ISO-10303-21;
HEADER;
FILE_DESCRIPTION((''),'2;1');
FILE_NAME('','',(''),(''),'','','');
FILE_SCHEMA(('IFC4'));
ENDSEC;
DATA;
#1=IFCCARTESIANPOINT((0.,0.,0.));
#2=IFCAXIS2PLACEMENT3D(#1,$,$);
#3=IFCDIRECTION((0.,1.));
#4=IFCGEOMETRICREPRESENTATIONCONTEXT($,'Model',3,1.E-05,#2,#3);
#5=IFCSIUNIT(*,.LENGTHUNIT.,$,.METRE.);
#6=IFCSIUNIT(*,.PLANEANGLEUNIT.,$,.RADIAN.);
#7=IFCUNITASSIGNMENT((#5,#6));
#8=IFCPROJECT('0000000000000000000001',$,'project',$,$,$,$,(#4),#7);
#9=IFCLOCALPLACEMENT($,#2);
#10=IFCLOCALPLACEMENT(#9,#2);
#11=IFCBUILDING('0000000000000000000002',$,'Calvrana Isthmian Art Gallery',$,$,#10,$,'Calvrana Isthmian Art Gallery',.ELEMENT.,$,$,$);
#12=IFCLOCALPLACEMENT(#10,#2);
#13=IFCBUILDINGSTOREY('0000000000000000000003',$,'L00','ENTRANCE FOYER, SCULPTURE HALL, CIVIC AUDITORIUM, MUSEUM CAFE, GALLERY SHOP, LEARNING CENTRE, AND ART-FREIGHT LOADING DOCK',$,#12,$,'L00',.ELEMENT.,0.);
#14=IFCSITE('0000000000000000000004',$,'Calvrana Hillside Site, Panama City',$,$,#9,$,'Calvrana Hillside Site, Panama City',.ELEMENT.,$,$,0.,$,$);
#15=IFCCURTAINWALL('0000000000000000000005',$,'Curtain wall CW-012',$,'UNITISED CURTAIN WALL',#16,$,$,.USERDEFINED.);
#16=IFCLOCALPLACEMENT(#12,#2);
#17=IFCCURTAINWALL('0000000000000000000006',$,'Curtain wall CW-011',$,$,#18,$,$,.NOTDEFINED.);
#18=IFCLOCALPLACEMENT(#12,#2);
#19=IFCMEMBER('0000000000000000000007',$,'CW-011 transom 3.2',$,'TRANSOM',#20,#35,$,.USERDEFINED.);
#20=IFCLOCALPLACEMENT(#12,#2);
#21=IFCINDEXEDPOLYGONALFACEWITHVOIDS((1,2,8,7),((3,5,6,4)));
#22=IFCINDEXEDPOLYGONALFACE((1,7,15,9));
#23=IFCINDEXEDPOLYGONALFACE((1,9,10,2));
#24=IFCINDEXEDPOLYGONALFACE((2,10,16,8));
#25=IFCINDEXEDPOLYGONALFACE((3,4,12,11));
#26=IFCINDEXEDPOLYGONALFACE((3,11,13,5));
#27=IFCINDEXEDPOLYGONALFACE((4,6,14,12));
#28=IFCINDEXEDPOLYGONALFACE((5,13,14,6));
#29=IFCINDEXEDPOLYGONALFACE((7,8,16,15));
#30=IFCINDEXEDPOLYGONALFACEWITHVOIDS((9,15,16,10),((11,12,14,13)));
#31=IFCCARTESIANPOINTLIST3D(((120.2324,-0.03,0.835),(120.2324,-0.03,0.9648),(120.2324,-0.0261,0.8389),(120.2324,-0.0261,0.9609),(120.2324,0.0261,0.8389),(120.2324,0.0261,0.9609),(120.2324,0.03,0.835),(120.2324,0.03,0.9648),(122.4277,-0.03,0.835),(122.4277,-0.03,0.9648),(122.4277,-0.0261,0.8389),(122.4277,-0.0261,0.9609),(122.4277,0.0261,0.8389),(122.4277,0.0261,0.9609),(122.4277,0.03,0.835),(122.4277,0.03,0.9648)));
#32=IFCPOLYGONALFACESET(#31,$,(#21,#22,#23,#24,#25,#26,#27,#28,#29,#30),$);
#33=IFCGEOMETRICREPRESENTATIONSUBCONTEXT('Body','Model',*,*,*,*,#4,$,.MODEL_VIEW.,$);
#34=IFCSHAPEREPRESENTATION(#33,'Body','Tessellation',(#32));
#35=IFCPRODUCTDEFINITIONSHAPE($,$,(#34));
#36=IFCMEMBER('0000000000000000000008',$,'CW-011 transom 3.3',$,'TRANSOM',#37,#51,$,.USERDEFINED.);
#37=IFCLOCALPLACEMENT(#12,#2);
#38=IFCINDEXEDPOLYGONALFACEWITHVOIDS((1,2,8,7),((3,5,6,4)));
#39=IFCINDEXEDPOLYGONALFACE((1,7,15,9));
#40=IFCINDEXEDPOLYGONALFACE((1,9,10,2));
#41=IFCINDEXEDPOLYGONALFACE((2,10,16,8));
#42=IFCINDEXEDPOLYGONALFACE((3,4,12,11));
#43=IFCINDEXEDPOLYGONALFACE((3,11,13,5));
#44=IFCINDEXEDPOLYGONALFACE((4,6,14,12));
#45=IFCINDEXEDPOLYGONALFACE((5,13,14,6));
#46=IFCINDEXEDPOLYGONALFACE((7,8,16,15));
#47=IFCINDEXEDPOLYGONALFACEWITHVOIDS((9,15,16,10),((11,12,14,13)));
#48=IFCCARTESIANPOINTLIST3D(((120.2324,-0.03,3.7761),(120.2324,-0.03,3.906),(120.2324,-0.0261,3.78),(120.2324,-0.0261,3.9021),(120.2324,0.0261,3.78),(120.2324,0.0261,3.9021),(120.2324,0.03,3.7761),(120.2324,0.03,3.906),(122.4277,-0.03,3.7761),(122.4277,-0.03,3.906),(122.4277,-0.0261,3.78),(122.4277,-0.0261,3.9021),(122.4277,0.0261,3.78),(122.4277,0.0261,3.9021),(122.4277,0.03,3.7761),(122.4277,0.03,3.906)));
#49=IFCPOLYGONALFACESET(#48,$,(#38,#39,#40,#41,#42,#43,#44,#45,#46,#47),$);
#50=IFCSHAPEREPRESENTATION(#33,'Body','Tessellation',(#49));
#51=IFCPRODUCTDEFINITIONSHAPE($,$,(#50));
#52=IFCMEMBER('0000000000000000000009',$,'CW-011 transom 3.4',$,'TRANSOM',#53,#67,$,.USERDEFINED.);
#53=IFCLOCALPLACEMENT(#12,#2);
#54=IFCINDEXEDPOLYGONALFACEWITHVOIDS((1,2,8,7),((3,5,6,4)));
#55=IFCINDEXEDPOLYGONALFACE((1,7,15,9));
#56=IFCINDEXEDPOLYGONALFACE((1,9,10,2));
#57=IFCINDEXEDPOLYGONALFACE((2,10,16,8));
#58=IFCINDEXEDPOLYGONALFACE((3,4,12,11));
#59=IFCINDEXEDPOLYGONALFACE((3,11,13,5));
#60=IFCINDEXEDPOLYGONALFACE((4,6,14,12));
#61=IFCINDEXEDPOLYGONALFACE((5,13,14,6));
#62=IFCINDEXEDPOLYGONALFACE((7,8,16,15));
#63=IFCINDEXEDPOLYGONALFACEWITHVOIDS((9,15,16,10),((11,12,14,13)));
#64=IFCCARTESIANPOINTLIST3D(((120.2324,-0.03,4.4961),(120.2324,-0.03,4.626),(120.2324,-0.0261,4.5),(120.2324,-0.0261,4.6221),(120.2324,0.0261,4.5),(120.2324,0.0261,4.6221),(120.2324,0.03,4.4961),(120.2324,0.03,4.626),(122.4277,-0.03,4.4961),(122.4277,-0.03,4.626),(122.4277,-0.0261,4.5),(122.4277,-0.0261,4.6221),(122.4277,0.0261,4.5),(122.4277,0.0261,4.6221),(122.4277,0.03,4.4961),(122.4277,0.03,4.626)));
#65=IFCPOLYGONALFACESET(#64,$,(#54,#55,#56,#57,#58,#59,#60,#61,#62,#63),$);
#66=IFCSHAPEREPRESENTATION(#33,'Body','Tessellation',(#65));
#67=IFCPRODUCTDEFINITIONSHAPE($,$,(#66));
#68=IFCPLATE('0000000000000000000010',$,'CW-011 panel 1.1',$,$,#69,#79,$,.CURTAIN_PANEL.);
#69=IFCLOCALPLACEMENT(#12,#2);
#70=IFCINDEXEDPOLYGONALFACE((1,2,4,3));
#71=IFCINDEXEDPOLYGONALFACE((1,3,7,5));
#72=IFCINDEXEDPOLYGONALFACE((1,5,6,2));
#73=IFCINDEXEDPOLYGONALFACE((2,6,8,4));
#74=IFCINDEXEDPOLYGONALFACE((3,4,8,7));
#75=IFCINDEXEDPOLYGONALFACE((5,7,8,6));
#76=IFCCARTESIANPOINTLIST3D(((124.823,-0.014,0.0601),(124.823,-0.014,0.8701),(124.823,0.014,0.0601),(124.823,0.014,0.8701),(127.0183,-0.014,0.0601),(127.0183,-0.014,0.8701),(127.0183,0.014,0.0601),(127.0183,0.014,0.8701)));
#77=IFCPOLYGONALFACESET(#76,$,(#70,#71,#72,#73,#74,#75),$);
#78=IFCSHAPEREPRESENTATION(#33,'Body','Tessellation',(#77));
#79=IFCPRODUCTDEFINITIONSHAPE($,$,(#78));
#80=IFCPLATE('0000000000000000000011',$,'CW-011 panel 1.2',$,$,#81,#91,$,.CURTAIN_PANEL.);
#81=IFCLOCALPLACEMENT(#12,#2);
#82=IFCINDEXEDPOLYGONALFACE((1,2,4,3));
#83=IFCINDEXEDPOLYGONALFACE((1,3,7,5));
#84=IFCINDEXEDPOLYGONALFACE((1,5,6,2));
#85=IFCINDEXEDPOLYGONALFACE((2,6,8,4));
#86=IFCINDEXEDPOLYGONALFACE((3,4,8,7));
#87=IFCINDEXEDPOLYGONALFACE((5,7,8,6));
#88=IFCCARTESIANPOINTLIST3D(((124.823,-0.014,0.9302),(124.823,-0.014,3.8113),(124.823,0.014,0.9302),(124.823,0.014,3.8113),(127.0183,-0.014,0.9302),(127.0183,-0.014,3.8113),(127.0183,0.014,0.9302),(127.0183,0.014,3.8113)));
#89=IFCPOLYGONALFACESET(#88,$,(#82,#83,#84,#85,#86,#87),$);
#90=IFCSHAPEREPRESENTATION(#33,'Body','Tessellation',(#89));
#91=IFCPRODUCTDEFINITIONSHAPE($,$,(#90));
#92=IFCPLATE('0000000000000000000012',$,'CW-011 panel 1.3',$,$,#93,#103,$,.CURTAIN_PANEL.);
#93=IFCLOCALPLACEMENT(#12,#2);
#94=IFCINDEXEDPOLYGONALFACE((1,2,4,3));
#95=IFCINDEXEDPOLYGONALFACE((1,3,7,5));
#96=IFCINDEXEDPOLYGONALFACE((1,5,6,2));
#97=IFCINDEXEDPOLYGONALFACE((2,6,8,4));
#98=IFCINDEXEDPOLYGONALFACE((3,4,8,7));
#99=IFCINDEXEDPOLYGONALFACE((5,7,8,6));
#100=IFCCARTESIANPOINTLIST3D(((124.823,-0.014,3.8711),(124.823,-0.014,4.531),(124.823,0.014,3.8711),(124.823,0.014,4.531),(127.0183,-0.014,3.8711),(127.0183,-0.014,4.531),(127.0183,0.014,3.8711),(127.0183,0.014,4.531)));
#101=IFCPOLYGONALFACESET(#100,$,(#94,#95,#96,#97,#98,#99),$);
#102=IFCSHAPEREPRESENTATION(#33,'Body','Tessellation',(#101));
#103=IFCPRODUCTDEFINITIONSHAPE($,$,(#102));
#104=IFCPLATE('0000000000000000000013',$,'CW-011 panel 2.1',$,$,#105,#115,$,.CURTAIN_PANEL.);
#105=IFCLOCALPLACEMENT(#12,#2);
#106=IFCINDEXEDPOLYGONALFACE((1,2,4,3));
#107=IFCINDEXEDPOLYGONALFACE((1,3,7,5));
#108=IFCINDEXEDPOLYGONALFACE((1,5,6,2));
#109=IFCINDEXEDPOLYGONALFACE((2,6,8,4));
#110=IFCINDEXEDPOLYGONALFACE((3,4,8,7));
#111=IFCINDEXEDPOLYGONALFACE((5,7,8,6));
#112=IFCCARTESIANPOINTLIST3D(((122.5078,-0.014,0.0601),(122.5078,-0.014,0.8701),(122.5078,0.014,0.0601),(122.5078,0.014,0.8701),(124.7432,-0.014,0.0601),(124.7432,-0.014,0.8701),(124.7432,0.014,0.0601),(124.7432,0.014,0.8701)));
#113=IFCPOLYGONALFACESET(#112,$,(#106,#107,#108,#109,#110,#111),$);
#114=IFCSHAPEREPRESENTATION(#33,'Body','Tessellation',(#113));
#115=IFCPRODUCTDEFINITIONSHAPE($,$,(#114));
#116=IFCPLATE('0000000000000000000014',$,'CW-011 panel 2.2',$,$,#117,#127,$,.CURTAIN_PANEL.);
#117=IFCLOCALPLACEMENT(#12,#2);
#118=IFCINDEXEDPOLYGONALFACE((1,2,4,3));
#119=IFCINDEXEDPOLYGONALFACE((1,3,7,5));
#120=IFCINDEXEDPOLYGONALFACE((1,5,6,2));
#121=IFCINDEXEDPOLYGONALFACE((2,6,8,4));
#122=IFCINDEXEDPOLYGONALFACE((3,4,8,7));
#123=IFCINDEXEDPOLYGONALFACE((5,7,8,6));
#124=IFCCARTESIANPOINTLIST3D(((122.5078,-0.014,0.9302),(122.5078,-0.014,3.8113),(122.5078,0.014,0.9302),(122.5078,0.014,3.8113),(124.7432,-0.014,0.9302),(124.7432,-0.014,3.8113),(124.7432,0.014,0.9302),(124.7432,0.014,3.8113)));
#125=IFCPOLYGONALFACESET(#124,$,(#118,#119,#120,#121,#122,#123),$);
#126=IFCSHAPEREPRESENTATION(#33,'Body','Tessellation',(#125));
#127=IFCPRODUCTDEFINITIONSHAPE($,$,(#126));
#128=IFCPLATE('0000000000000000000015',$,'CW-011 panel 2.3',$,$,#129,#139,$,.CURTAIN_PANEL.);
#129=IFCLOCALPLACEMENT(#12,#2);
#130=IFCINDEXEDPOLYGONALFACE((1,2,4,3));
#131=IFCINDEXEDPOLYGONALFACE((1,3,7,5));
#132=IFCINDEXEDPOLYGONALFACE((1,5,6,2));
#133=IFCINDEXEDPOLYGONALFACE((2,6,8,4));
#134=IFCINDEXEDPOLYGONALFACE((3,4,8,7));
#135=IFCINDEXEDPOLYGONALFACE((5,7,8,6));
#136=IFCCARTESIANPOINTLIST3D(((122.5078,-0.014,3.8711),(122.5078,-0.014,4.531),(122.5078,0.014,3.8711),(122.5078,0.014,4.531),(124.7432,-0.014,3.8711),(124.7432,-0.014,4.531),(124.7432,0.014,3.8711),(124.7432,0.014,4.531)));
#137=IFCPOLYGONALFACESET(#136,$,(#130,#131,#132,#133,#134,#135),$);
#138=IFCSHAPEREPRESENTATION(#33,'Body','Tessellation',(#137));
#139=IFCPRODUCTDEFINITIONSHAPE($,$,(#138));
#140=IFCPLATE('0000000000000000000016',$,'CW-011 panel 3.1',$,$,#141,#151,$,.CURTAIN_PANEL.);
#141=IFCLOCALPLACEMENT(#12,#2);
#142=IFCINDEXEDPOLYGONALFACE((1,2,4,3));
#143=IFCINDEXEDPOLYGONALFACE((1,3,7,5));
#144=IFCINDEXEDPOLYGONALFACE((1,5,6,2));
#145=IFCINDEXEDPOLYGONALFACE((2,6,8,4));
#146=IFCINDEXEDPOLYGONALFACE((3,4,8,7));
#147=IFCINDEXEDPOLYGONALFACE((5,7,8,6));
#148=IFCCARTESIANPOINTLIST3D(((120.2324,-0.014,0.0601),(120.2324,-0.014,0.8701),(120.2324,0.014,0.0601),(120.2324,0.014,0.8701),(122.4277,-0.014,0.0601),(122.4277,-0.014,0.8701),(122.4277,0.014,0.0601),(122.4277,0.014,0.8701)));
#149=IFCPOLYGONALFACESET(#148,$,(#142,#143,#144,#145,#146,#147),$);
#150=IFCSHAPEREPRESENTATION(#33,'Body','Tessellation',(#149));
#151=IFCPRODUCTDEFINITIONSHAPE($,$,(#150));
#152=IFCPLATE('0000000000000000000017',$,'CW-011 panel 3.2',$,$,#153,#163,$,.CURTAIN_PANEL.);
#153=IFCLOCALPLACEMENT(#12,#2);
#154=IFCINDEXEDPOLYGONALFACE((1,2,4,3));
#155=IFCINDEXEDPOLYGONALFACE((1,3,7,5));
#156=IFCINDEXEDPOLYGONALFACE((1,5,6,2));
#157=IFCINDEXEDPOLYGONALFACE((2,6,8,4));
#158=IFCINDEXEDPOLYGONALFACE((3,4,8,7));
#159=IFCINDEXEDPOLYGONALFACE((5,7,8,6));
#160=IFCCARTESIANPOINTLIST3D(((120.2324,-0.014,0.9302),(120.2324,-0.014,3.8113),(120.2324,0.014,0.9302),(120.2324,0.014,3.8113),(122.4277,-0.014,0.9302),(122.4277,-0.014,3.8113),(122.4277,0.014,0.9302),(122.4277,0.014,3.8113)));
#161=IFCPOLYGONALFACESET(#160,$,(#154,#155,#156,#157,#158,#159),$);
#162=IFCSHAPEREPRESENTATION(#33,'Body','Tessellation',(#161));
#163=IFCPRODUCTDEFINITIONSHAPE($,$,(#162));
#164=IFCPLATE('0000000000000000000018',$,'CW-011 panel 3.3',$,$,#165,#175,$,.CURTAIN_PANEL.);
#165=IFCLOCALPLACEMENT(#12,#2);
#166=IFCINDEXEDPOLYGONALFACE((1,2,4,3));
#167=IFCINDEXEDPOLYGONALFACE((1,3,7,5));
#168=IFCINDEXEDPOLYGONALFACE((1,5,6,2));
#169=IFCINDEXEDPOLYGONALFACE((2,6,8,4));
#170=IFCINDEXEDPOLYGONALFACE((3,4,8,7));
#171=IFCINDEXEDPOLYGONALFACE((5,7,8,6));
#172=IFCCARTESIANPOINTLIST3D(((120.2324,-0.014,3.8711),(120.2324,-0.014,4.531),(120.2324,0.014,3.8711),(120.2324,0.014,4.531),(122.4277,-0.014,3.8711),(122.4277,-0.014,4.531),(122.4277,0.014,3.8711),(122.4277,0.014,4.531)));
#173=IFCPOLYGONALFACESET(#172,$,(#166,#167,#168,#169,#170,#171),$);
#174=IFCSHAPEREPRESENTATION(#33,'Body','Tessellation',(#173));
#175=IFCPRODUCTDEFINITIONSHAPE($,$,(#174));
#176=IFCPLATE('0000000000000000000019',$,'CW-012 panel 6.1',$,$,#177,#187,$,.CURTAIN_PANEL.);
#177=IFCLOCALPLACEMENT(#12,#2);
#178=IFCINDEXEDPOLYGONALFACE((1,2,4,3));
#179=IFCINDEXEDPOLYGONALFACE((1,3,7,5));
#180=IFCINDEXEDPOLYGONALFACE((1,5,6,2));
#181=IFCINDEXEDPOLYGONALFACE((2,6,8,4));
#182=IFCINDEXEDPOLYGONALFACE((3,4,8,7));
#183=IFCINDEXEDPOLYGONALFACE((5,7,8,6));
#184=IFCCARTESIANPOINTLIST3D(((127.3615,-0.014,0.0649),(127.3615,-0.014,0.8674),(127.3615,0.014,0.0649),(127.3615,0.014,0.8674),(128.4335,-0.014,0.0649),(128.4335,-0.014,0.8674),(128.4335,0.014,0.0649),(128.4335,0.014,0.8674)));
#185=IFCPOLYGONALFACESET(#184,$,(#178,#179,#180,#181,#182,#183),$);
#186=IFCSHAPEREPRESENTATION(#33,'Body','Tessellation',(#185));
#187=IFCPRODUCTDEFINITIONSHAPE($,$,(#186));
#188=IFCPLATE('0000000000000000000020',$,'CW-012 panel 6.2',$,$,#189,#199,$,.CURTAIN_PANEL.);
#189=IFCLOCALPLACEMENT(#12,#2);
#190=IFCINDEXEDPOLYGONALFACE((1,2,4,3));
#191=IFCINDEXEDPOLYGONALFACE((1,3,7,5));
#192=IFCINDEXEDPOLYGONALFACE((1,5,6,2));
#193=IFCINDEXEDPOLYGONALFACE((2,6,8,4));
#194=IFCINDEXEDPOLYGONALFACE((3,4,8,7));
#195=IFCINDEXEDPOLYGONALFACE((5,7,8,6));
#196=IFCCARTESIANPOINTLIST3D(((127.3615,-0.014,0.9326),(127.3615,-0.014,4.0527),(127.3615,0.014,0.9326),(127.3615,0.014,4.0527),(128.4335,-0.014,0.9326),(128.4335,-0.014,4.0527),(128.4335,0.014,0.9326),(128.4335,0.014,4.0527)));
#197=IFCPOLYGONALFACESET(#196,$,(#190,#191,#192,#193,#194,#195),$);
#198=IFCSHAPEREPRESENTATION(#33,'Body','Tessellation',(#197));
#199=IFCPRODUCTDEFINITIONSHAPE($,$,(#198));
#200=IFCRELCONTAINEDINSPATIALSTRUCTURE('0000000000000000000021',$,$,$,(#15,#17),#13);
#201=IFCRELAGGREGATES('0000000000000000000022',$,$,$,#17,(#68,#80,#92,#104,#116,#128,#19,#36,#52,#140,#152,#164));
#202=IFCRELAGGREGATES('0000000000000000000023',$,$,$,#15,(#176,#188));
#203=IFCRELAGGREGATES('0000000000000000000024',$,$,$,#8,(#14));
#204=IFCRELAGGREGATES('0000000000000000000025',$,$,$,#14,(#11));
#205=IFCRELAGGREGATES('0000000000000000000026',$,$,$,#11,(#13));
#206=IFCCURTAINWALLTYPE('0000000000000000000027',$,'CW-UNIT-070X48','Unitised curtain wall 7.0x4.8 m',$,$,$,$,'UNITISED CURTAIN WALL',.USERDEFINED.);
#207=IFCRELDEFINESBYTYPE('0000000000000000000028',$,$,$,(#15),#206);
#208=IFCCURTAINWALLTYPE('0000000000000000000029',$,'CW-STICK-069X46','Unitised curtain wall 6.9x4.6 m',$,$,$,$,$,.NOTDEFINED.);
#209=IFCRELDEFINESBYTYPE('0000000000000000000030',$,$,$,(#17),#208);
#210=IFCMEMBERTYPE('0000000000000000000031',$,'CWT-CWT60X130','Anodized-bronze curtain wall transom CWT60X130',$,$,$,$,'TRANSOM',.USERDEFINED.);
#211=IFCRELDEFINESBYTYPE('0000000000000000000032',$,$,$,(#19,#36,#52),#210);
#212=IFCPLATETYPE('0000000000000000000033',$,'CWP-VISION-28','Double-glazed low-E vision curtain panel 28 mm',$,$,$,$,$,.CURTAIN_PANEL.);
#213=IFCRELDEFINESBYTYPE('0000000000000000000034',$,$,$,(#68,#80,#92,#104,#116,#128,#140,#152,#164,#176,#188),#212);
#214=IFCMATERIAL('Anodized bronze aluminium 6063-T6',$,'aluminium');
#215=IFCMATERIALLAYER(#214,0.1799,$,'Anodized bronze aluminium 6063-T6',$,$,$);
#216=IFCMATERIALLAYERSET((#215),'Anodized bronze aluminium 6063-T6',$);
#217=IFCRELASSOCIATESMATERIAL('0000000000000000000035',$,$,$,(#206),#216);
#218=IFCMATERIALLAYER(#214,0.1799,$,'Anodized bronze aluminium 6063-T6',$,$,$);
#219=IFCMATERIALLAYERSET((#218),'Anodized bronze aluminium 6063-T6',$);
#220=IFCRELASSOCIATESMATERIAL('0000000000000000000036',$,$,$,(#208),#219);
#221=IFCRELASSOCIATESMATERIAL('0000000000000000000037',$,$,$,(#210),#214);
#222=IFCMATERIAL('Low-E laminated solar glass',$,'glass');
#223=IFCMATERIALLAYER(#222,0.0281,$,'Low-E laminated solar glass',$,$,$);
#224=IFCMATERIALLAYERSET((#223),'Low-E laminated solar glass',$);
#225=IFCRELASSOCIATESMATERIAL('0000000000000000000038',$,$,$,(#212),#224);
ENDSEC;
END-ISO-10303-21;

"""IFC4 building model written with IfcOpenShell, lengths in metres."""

from ifc_helpers import new_model, si_unit, direction, frame, origin, origin_2d, place, context, subcontext, project, spatial, rectangle, hollow_rectangle, extrude, material, layer, layer_set, material_profile, profile_set, type_object, element, aggregate, save


model = new_model("IFC4")

# Units and contexts
model_context = context("Model", 3, precision=1e-05, world=origin(), true_north=direction((0.0, 1.0)))
body_context = subcontext(model_context, "Body", "Model", "MODEL_VIEW")
ifc_project = project(units=[si_unit("LENGTHUNIT", "METRE"), si_unit("PLANEANGLEUNIT", "RADIAN")], contexts=[model_context])

# Site, building, storey
site_placement = place(None, origin())
site = spatial("IfcSite", under=ifc_project, at=site_placement, Name="Calvrana Hillside Site, Panama City", LongName="Calvrana Hillside Site, Panama City", CompositionType="ELEMENT", RefElevation=0.0)
building_placement = place(site_placement, origin())
building = spatial("IfcBuilding", under=site, at=building_placement, Name="Calvrana Isthmian Art Gallery", LongName="Calvrana Isthmian Art Gallery", CompositionType="ELEMENT")
storey_placement = place(building_placement, origin())
storey = spatial("IfcBuildingStorey", under=building, at=storey_placement, Name="L00", Description="ENTRANCE FOYER, SCULPTURE HALL, CIVIC AUDITORIUM, MUSEUM CAFE, GALLERY SHOP, LEARNING CENTRE, AND ART-FREIGHT LOADING DOCK", LongName="L00", CompositionType="ELEMENT", Elevation=0.0)

# Curtain wall
ifc_material_1 = material(Name="Anodized bronze aluminium 6063-T6", Category="aluminium")
ifc_layer_1 = layer(ifc_material_1, 0.1799, Name="Anodized bronze aluminium 6063-T6")
ifc_layer_set_1 = layer_set([ifc_layer_1], Name="Anodized bronze aluminium 6063-T6")
curtain_wall_type_1 = type_object("IfcCurtainWallType", Name="CW-UNIT-070X48", Description="Unitised curtain wall 7.0x4.8 m", ElementType="UNITISED CURTAIN WALL", PredefinedType="USERDEFINED", material=ifc_layer_set_1)
curtain_wall_1_placement = place(storey_placement, origin())
curtain_wall_1 = element("IfcCurtainWall", 1, at=curtain_wall_1_placement, inside=storey, type_object=curtain_wall_type_1, Name="Curtain wall CW-012", ObjectType="UNITISED CURTAIN WALL", PredefinedType="USERDEFINED")

# Curtain wall, members, plates
ifc_layer_2 = layer(ifc_material_1, 0.1799, Name="Anodized bronze aluminium 6063-T6")
ifc_layer_set_2 = layer_set([ifc_layer_2], Name="Anodized bronze aluminium 6063-T6")
curtain_wall_type_2 = type_object("IfcCurtainWallType", Name="CW-STICK-069X46", Description="Unitised curtain wall 6.9x4.6 m", PredefinedType="NOTDEFINED", material=ifc_layer_set_2)
curtain_wall_2_placement = place(storey_placement, origin())
curtain_wall_2 = element("IfcCurtainWall", 2, at=curtain_wall_2_placement, inside=storey, type_object=curtain_wall_type_2, Name="Curtain wall CW-011", PredefinedType="NOTDEFINED")
ifc_material_profile_1 = material_profile(ifc_material_1, hollow_rectangle(XDim=0.0601, YDim=0.1299, WallThickness=0.0039, at=origin_2d()), Name="CWT60X130")
ifc_profile_set_1 = profile_set([ifc_material_profile_1], Name="Anodized bronze aluminium 6063-T6")
member_type_1 = type_object("IfcMemberType", Name="CWT-CWT60X130", Description="Anodized-bronze curtain wall transom CWT60X130", ElementType="TRANSOM", PredefinedType="USERDEFINED", material=ifc_profile_set_1)
member_1_placement = place(storey_placement, frame((122.4277, 0.0, 0.8999), z_axis=(-1.0, 0.0, 0.0), x_axis=(0.0, -1.0, 0.0)))
member_1 = element("IfcMember", 3, at=member_1_placement, type_object=member_type_1, Name="CW-011 transom 3.2", ObjectType="TRANSOM", PredefinedType="USERDEFINED", context=body_context, shape_type="SweptSolid", body=[
    extrude(hollow_rectangle(XDim=0.0601, YDim=0.1299, WallThickness=0.0039, at=origin_2d()), origin(), (0.0, 0.0, 1.0), 2.1953),
])
member_2_placement = place(storey_placement, frame((122.4277, 0.0, 3.8411), z_axis=(-1.0, 0.0, 0.0), x_axis=(0.0, -1.0, 0.0)))
member_2 = element("IfcMember", 4, at=member_2_placement, type_object=member_type_1, Name="CW-011 transom 3.3", ObjectType="TRANSOM", PredefinedType="USERDEFINED", context=body_context, shape_type="SweptSolid", body=[
    extrude(hollow_rectangle(XDim=0.0601, YDim=0.1299, WallThickness=0.0039, at=origin_2d()), origin(), (0.0, 0.0, 1.0), 2.1953),
])
member_3_placement = place(storey_placement, frame((122.4277, 0.0, 4.561), z_axis=(-1.0, 0.0, 0.0), x_axis=(0.0, -1.0, 0.0)))
member_3 = element("IfcMember", 5, at=member_3_placement, type_object=member_type_1, Name="CW-011 transom 3.4", ObjectType="TRANSOM", PredefinedType="USERDEFINED", context=body_context, shape_type="SweptSolid", body=[
    extrude(hollow_rectangle(XDim=0.0601, YDim=0.1299, WallThickness=0.0039, at=origin_2d()), origin(), (0.0, 0.0, 1.0), 2.1953),
])
ifc_material_2 = material(Name="Low-E laminated solar glass", Category="glass")
ifc_layer_3 = layer(ifc_material_2, 0.0281, Name="Low-E laminated solar glass")
ifc_layer_set_3 = layer_set([ifc_layer_3], Name="Low-E laminated solar glass")
plate_type_1 = type_object("IfcPlateType", Name="CWP-VISION-28", Description="Double-glazed low-E vision curtain panel 28 mm", PredefinedType="CURTAIN_PANEL", material=ifc_layer_set_3)
plate_1_placement = place(storey_placement, frame((125.9207, 0.0, 0.0601), z_axis=(0.0, 0.0, 1.0), x_axis=(-1.0, 0.0, 0.0)))
plate_1 = element("IfcPlate", 6, at=plate_1_placement, type_object=plate_type_1, Name="CW-011 panel 1.1", PredefinedType="CURTAIN_PANEL", context=body_context, shape_type="SweptSolid", body=[
    extrude(rectangle(XDim=2.1953, YDim=0.0281, at=origin_2d()), origin(), (0.0, 0.0, 1.0), 0.8101),
])
plate_2_placement = place(storey_placement, frame((125.9207, 0.0, 0.9302), z_axis=(0.0, 0.0, 1.0), x_axis=(-1.0, 0.0, 0.0)))
plate_2 = element("IfcPlate", 7, at=plate_2_placement, type_object=plate_type_1, Name="CW-011 panel 1.2", PredefinedType="CURTAIN_PANEL", context=body_context, shape_type="SweptSolid", body=[
    extrude(rectangle(XDim=2.1953, YDim=0.0281, at=origin_2d()), origin(), (0.0, 0.0, 1.0), 2.8811),
])
plate_3_placement = place(storey_placement, frame((125.9207, 0.0, 3.8711), z_axis=(0.0, 0.0, 1.0), x_axis=(-1.0, 0.0, 0.0)))
plate_3 = element("IfcPlate", 8, at=plate_3_placement, type_object=plate_type_1, Name="CW-011 panel 1.3", PredefinedType="CURTAIN_PANEL", context=body_context, shape_type="SweptSolid", body=[
    extrude(rectangle(XDim=2.1953, YDim=0.0281, at=origin_2d()), origin(), (0.0, 0.0, 1.0), 0.6599),
])
plate_4_placement = place(storey_placement, frame((123.6255, 0.0, 0.0601), z_axis=(0.0, 0.0, 1.0), x_axis=(-1.0, 0.0, 0.0)))
plate_4 = element("IfcPlate", 9, at=plate_4_placement, type_object=plate_type_1, Name="CW-011 panel 2.1", PredefinedType="CURTAIN_PANEL", context=body_context, shape_type="SweptSolid", body=[
    extrude(rectangle(XDim=2.2354, YDim=0.0281, at=origin_2d()), origin(), (0.0, 0.0, 1.0), 0.8101),
])
plate_5_placement = place(storey_placement, frame((123.6255, 0.0, 0.9302), z_axis=(0.0, 0.0, 1.0), x_axis=(-1.0, 0.0, 0.0)))
plate_5 = element("IfcPlate", 10, at=plate_5_placement, type_object=plate_type_1, Name="CW-011 panel 2.2", PredefinedType="CURTAIN_PANEL", context=body_context, shape_type="SweptSolid", body=[
    extrude(rectangle(XDim=2.2354, YDim=0.0281, at=origin_2d()), origin(), (0.0, 0.0, 1.0), 2.8811),
])
plate_6_placement = place(storey_placement, frame((123.6255, 0.0, 3.8711), z_axis=(0.0, 0.0, 1.0), x_axis=(-1.0, 0.0, 0.0)))
plate_6 = element("IfcPlate", 11, at=plate_6_placement, type_object=plate_type_1, Name="CW-011 panel 2.3", PredefinedType="CURTAIN_PANEL", context=body_context, shape_type="SweptSolid", body=[
    extrude(rectangle(XDim=2.2354, YDim=0.0281, at=origin_2d()), origin(), (0.0, 0.0, 1.0), 0.6599),
])
plate_7_placement = place(storey_placement, frame((121.3301, 0.0, 0.0601), z_axis=(0.0, 0.0, 1.0), x_axis=(-1.0, 0.0, 0.0)))
plate_7 = element("IfcPlate", 12, at=plate_7_placement, type_object=plate_type_1, Name="CW-011 panel 3.1", PredefinedType="CURTAIN_PANEL", context=body_context, shape_type="SweptSolid", body=[
    extrude(rectangle(XDim=2.1953, YDim=0.0281, at=origin_2d()), origin(), (0.0, 0.0, 1.0), 0.8101),
])
plate_8_placement = place(storey_placement, frame((121.3301, 0.0, 0.9302), z_axis=(0.0, 0.0, 1.0), x_axis=(-1.0, 0.0, 0.0)))
plate_8 = element("IfcPlate", 13, at=plate_8_placement, type_object=plate_type_1, Name="CW-011 panel 3.2", PredefinedType="CURTAIN_PANEL", context=body_context, shape_type="SweptSolid", body=[
    extrude(rectangle(XDim=2.1953, YDim=0.0281, at=origin_2d()), origin(), (0.0, 0.0, 1.0), 2.8811),
])
plate_9_placement = place(storey_placement, frame((121.3301, 0.0, 3.8711), z_axis=(0.0, 0.0, 1.0), x_axis=(-1.0, 0.0, 0.0)))
plate_9 = element("IfcPlate", 14, at=plate_9_placement, type_object=plate_type_1, Name="CW-011 panel 3.3", PredefinedType="CURTAIN_PANEL", context=body_context, shape_type="SweptSolid", body=[
    extrude(rectangle(XDim=2.1953, YDim=0.0281, at=origin_2d()), origin(), (0.0, 0.0, 1.0), 0.6599),
])
aggregate(curtain_wall_2, [plate_1, plate_2, plate_3, plate_4, plate_5, plate_6, member_1, member_2, member_3, plate_7, plate_8, plate_9])

# Plates
plate_10_placement = place(storey_placement, frame((127.8975, 0.0, 0.0649), z_axis=(0.0, 0.0, 1.0), x_axis=(-1.0, 0.0, 0.0)))
plate_10 = element("IfcPlate", 15, at=plate_10_placement, type_object=plate_type_1, Name="CW-012 panel 6.1", PredefinedType="CURTAIN_PANEL", context=body_context, shape_type="SweptSolid", body=[
    extrude(rectangle(XDim=1.072, YDim=0.0281, at=origin_2d()), origin(), (0.0, 0.0, 1.0), 0.8025),
])
plate_11_placement = place(storey_placement, frame((127.8975, 0.0, 0.9326), z_axis=(0.0, 0.0, 1.0), x_axis=(-1.0, 0.0, 0.0)))
plate_11 = element("IfcPlate", 16, at=plate_11_placement, type_object=plate_type_1, Name="CW-012 panel 6.2", PredefinedType="CURTAIN_PANEL", context=body_context, shape_type="SweptSolid", body=[
    extrude(rectangle(XDim=1.072, YDim=0.0281, at=origin_2d()), origin(), (0.0, 0.0, 1.0), 3.1201),
])
aggregate(curtain_wall_1, [plate_10, plate_11])

save(model, "model.ifc")
